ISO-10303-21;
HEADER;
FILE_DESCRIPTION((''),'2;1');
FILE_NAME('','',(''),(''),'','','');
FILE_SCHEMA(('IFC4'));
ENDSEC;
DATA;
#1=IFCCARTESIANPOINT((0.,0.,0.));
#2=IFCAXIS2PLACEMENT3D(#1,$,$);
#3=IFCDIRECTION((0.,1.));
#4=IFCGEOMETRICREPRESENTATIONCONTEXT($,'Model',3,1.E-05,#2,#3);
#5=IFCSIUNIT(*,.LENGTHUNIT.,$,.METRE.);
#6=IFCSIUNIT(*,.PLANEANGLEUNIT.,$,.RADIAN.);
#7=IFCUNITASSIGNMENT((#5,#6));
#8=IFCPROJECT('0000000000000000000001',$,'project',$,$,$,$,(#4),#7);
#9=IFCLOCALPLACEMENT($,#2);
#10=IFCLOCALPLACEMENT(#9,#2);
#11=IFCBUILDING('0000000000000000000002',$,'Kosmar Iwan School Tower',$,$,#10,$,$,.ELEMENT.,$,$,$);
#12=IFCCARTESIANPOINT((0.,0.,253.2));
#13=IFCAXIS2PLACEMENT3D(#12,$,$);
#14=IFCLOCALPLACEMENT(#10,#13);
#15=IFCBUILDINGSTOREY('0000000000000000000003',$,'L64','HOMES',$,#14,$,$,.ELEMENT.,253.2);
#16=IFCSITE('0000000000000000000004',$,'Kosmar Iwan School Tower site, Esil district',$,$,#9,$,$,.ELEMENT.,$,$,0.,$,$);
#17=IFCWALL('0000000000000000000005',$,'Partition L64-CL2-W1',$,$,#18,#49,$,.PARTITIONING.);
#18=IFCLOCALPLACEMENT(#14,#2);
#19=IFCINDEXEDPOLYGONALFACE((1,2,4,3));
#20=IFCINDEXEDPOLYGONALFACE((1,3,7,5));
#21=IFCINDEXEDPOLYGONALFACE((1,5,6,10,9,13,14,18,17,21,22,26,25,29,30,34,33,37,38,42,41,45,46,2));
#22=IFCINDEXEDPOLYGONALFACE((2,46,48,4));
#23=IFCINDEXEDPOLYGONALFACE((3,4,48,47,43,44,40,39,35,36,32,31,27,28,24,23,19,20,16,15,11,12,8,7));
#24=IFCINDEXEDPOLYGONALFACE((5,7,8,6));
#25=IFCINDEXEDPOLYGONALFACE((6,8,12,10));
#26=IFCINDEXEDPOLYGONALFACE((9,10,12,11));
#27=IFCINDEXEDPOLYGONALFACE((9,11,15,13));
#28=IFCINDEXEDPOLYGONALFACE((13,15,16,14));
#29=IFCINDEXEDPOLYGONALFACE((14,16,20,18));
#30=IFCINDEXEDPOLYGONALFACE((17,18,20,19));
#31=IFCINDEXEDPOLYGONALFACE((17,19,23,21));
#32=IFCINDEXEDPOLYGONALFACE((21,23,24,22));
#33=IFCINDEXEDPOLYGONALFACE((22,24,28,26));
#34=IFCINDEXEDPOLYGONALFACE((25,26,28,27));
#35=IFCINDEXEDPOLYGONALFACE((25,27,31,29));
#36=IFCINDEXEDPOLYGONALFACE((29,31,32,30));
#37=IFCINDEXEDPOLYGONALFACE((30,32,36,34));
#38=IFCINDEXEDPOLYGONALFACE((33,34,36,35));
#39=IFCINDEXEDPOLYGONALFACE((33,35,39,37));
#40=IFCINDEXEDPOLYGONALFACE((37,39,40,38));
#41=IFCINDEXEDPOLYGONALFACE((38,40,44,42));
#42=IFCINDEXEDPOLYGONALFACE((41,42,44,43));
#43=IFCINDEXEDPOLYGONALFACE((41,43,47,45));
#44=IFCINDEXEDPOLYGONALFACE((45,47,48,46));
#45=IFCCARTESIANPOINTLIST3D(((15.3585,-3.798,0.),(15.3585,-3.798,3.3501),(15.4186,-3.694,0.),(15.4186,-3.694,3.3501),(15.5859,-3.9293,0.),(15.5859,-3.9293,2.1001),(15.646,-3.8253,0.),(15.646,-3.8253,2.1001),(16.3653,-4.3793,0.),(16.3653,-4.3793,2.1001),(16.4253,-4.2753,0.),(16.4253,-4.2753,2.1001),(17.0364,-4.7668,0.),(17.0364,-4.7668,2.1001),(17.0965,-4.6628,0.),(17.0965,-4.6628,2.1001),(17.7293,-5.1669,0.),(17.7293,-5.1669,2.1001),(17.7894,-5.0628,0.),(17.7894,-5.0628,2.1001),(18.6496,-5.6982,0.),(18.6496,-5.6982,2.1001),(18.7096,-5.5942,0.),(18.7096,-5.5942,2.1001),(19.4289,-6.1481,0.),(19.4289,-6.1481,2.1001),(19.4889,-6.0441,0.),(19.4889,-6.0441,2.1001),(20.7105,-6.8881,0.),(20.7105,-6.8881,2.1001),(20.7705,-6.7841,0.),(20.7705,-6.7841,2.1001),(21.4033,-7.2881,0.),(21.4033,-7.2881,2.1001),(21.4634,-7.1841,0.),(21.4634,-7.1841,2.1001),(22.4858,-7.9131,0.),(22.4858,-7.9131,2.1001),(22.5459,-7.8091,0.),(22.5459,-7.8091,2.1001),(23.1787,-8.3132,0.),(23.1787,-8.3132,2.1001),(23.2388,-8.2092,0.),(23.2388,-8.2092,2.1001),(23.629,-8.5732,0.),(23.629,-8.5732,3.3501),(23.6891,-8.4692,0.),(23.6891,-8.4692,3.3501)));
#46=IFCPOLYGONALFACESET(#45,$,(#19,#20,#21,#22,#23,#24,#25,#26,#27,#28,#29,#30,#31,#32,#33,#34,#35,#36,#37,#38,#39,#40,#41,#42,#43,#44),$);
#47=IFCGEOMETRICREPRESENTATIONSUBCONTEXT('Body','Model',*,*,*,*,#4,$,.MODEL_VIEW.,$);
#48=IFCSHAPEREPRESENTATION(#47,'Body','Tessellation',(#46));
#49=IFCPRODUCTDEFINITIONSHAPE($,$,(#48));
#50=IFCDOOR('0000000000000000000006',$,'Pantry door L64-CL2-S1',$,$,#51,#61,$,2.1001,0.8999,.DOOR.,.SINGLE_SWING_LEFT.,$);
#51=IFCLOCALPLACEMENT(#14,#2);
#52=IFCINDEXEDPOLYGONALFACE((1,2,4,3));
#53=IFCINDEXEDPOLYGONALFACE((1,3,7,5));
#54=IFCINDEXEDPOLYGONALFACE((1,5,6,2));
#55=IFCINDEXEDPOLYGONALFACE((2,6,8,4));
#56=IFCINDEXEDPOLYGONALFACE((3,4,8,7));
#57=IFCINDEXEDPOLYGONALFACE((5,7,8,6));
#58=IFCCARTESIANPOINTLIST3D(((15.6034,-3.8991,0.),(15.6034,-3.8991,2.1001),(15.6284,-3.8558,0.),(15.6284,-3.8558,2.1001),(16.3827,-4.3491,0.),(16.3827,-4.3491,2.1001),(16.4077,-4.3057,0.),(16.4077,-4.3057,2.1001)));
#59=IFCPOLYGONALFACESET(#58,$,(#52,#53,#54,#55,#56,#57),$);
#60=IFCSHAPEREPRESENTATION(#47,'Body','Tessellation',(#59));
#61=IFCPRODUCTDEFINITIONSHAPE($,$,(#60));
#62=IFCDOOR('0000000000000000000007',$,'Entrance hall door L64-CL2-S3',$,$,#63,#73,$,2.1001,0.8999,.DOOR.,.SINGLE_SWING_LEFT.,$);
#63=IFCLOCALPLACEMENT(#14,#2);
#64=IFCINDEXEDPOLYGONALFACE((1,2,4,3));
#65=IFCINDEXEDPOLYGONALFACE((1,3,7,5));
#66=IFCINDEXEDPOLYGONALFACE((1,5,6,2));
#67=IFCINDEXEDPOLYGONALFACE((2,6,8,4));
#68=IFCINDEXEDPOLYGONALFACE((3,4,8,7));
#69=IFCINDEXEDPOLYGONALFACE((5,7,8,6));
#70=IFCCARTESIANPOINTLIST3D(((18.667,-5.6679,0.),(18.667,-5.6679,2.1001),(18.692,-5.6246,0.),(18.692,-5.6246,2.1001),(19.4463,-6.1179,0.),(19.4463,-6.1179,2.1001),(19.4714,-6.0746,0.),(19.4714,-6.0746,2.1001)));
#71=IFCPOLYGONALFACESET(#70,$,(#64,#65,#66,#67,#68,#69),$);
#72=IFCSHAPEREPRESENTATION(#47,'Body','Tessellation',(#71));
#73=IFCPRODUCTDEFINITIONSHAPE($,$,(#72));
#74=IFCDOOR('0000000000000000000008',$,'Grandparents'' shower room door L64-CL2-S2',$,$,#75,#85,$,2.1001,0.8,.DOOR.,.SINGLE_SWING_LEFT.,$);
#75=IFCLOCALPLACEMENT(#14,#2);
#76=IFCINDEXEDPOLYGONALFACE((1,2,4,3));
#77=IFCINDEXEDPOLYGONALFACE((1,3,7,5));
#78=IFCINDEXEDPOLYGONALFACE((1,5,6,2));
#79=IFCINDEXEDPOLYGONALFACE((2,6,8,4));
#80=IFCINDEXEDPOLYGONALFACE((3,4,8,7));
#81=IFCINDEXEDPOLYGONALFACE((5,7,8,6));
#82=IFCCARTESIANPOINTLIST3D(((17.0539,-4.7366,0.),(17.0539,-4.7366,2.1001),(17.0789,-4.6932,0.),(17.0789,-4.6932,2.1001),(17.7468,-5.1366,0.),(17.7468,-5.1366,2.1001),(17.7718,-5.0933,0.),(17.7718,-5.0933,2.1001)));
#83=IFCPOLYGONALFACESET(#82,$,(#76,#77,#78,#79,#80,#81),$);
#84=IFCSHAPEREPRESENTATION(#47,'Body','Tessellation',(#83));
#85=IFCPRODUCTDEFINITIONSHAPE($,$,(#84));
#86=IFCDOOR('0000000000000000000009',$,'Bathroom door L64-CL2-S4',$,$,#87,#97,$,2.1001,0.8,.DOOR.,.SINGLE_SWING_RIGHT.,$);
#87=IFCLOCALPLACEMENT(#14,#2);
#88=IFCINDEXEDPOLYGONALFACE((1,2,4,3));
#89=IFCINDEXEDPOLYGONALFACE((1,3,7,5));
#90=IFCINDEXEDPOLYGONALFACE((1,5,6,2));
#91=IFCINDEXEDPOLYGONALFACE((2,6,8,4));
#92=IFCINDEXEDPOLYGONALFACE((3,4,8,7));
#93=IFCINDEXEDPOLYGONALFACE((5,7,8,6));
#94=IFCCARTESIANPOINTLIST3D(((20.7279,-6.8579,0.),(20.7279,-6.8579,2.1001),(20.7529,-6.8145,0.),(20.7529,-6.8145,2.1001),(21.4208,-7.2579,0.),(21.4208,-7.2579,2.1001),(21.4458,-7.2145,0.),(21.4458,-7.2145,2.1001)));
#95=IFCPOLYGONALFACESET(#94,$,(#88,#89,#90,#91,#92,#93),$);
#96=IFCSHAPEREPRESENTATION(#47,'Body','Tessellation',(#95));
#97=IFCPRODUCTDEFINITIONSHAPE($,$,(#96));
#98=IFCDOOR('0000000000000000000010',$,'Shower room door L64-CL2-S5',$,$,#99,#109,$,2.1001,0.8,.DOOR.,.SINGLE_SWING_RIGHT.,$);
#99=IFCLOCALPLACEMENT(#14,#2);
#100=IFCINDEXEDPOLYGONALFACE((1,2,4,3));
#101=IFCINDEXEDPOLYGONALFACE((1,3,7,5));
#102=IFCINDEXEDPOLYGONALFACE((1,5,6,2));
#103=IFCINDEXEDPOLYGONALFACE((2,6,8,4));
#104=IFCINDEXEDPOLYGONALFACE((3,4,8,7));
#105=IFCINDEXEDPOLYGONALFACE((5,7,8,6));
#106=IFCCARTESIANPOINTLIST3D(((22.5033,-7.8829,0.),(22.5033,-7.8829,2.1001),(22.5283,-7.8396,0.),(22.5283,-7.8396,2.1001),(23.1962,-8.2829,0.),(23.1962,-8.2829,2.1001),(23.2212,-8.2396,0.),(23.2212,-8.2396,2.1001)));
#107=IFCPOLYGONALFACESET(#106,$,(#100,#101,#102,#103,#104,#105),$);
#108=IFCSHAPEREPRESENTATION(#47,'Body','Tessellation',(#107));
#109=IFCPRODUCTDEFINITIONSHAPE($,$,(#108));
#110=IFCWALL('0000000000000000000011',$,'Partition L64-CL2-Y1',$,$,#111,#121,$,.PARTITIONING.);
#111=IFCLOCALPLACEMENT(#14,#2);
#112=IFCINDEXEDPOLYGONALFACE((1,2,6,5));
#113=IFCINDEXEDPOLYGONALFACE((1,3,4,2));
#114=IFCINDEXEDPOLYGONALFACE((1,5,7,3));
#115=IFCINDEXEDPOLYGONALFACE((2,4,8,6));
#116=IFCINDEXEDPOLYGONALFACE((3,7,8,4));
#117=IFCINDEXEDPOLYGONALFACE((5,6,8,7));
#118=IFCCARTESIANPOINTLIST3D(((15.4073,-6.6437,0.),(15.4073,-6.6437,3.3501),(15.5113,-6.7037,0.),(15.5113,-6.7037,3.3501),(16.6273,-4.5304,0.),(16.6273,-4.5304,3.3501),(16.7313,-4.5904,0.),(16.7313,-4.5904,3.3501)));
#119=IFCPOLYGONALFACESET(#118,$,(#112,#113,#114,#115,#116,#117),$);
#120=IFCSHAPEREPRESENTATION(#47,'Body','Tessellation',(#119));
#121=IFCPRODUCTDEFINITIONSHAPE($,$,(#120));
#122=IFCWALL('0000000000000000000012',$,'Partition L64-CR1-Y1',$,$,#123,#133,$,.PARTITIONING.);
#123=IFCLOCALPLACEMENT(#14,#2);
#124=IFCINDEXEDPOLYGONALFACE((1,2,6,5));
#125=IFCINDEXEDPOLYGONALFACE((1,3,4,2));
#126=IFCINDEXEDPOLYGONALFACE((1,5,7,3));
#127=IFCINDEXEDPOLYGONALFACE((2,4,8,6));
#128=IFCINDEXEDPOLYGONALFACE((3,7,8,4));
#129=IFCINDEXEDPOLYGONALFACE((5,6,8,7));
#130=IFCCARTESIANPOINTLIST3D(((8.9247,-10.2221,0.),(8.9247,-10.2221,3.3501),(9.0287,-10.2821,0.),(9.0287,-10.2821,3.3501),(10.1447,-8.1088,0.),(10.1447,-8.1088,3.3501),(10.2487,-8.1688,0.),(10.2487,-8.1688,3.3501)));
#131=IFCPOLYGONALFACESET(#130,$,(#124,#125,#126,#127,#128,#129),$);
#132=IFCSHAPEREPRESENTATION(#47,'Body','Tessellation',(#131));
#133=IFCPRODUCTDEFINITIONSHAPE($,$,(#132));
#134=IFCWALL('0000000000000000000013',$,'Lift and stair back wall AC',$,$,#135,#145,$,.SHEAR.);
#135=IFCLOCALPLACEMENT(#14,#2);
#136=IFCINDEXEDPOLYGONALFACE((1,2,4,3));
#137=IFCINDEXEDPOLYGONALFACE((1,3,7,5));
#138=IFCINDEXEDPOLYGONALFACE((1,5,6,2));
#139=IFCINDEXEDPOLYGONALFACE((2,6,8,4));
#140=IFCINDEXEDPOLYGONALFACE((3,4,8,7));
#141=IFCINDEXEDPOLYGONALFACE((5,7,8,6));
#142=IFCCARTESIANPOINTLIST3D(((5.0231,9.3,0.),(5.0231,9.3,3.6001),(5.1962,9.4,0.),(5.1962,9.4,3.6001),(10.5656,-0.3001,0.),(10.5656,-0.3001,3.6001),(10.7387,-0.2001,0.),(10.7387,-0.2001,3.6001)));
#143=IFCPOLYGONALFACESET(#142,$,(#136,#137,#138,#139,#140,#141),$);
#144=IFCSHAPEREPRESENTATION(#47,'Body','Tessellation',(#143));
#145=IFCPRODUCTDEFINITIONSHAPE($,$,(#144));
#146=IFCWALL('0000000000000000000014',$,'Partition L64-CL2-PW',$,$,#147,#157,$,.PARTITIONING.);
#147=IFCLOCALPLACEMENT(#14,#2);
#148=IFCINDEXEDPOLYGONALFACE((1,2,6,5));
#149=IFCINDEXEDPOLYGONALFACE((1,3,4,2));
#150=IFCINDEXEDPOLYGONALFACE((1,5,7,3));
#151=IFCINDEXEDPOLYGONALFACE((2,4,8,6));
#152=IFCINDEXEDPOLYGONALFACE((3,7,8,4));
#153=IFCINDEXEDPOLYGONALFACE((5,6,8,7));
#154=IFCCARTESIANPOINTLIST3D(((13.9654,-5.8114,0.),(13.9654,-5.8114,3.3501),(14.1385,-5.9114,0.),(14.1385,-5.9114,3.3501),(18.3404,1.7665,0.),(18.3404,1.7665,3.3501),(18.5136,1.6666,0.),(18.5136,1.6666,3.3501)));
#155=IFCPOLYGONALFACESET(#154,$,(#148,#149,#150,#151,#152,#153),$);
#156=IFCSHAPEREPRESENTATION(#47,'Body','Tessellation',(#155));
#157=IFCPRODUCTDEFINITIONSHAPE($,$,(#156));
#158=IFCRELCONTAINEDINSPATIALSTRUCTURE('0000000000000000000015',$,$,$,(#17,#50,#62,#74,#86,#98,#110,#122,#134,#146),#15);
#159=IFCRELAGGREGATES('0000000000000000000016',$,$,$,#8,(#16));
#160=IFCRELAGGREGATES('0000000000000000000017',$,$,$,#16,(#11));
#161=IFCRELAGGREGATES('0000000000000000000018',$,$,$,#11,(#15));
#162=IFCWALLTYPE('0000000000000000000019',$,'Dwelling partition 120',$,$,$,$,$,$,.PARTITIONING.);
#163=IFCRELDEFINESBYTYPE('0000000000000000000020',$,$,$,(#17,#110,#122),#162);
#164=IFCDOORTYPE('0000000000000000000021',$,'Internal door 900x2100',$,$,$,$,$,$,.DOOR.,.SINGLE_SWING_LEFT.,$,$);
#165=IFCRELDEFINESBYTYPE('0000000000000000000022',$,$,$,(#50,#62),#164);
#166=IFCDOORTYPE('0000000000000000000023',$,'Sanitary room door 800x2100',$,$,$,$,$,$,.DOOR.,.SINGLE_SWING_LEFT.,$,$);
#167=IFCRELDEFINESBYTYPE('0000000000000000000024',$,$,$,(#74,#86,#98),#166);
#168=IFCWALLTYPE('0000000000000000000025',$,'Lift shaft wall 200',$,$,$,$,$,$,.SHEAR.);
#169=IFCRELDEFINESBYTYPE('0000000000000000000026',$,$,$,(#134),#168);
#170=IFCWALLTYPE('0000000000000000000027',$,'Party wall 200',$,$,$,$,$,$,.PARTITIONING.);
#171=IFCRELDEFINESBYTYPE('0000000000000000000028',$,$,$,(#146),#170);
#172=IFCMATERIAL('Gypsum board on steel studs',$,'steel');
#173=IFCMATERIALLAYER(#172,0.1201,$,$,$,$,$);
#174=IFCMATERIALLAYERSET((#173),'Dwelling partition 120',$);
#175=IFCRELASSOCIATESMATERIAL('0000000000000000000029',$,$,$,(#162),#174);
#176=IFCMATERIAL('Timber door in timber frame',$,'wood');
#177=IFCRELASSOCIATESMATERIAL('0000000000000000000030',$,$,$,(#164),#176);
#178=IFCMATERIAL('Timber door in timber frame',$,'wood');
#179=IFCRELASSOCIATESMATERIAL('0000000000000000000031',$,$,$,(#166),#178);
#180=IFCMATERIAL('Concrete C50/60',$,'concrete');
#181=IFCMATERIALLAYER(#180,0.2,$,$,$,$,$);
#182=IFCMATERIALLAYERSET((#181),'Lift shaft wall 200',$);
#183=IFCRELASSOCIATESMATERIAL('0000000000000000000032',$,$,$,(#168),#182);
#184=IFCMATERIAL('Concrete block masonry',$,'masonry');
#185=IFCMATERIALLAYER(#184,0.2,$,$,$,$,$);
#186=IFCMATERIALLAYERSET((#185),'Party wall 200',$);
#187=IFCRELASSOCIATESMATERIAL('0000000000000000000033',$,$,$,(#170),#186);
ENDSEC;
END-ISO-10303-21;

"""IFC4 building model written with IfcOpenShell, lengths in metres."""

from ifc_helpers import new_model, si_unit, direction, frame, frame_2d, origin, place, context, subcontext, project, spatial, rectangle, extrude, material, layer, layer_set, type_object, element, fill, save


model = new_model("IFC4")

# Units and contexts
model_context = context("Model", 3, precision=1e-05, world=origin(), true_north=direction((0.0, 1.0)))
body_context = subcontext(model_context, "Body", "Model", "MODEL_VIEW")
ifc_project = project(units=[si_unit("LENGTHUNIT", "METRE"), si_unit("PLANEANGLEUNIT", "RADIAN")], contexts=[model_context])

# Site, building, storey
site_placement = place(None, origin())
site = spatial("IfcSite", under=ifc_project, at=site_placement, Name="Kosmar Iwan School Tower site, Esil district", CompositionType="ELEMENT", RefElevation=0.0)
building_placement = place(site_placement, origin())
building = spatial("IfcBuilding", under=site, at=building_placement, Name="Kosmar Iwan School Tower", CompositionType="ELEMENT")
storey_placement = place(building_placement, frame((0.0, 0.0, 253.2)))
storey = spatial("IfcBuildingStorey", under=building, at=storey_placement, Name="L64", Description="HOMES", CompositionType="ELEMENT", Elevation=253.2)

# Shared definitions
ifc_material_1 = material(Name="Gypsum board on steel studs", Category="steel")
ifc_layer_1 = layer(ifc_material_1, 0.1201)
ifc_layer_set_1 = layer_set([ifc_layer_1], Name="Dwelling partition 120")
wall_type_1 = type_object("IfcWallType", Name="Dwelling partition 120", PredefinedType="PARTITIONING", material=ifc_layer_set_1)
ifc_material_2 = material(Name="Timber door in timber frame", Category="wood")
door_type_1 = type_object("IfcDoorType", Name="Internal door 900x2100", OperationType="SINGLE_SWING_LEFT", PredefinedType="DOOR", material=ifc_material_2)
ifc_material_3 = material(Name="Timber door in timber frame", Category="wood")
door_type_2 = type_object("IfcDoorType", Name="Sanitary room door 800x2100", OperationType="SINGLE_SWING_LEFT", PredefinedType="DOOR", material=ifc_material_3)

# Wall, openings, doors
wall_1_placement = place(storey_placement, frame((15.3887, -3.7461, 0.0), z_axis=(0.0, 0.0, 1.0), x_axis=(0.866018, -0.500013, 0.0)))
wall_1 = element("IfcWall", 1, at=wall_1_placement, inside=storey, type_object=wall_type_1, Name="Partition L64-CL2-W1", PredefinedType="PARTITIONING", context=body_context, shape_type="SweptSolid", body=[
    extrude(rectangle(XDim=9.55, YDim=0.1201, at=frame_2d((4.7749, 0.0))), origin(), (0.0, 0.0, 1.0), 3.3501),
])
opening_1_placement = place(wall_1_placement, frame((0.2625, 0.0, 0.0)))
opening_1 = element("IfcOpeningElement", 2, at=opening_1_placement, cuts=wall_1, PredefinedType="OPENING", context=body_context, shape_type="SweptSolid", body=[
    extrude(rectangle(XDim=0.8999, YDim=2.1001, at=frame_2d((0.45, 1.05))), frame((0.0, 0.072, 0.0), z_axis=(0.0, -1.0, 0.0), x_axis=(1.0, 0.0, 0.0)), (0.0, 0.0, 1.0), 0.144),
])
opening_2_placement = place(wall_1_placement, frame((1.9375, 0.0, 0.0)))
opening_2 = element("IfcOpeningElement", 3, at=opening_2_placement, cuts=wall_1, PredefinedType="OPENING", context=body_context, shape_type="SweptSolid", body=[
    extrude(rectangle(XDim=0.8, YDim=2.1001, at=frame_2d((0.3999, 1.05))), frame((0.0, 0.072, 0.0), z_axis=(0.0, -1.0, 0.0), x_axis=(1.0, 0.0, 0.0)), (0.0, 0.0, 1.0), 0.144),
])
opening_3_placement = place(wall_1_placement, frame((3.8, 0.0, 0.0)))
opening_3 = element("IfcOpeningElement", 4, at=opening_3_placement, cuts=wall_1, PredefinedType="OPENING", context=body_context, shape_type="SweptSolid", body=[
    extrude(rectangle(XDim=0.8999, YDim=2.1001, at=frame_2d((0.45, 1.05))), frame((0.0, 0.072, 0.0), z_axis=(0.0, -1.0, 0.0), x_axis=(1.0, 0.0, 0.0)), (0.0, 0.0, 1.0), 0.144),
])
opening_4_placement = place(wall_1_placement, frame((6.1799, 0.0, 0.0)))
opening_4 = element("IfcOpeningElement", 5, at=opening_4_placement, cuts=wall_1, PredefinedType="OPENING", context=body_context, shape_type="SweptSolid", body=[
    extrude(rectangle(XDim=0.8, YDim=2.1001, at=frame_2d((0.3999, 1.05))), frame((0.0, 0.072, 0.0), z_axis=(0.0, -1.0, 0.0), x_axis=(1.0, 0.0, 0.0)), (0.0, 0.0, 1.0), 0.144),
])
opening_5_placement = place(wall_1_placement, frame((8.23, 0.0, 0.0)))
opening_5 = element("IfcOpeningElement", 6, at=opening_5_placement, cuts=wall_1, PredefinedType="OPENING", context=body_context, shape_type="SweptSolid", body=[
    extrude(rectangle(XDim=0.8, YDim=2.1001, at=frame_2d((0.3999, 1.05))), frame((0.0, 0.072, 0.0), z_axis=(0.0, -1.0, 0.0), x_axis=(1.0, 0.0, 0.0)), (0.0, 0.0, 1.0), 0.144),
])
door_1_placement = place(opening_1_placement, origin())
door_1 = element("IfcDoor", 7, at=door_1_placement, inside=storey, type_object=door_type_1, Name="Pantry door L64-CL2-S1", OperationType="SINGLE_SWING_LEFT", OverallHeight=2.1001, OverallWidth=0.8999, PredefinedType="DOOR", context=body_context, shape_type="SweptSolid", body=[
    extrude(rectangle(XDim=0.8999, YDim=2.1001, at=frame_2d((0.45, 1.05))), frame((0.0, 0.0249, 0.0), z_axis=(0.0, -1.0, 0.0), x_axis=(1.0, 0.0, 0.0)), (0.0, 0.0, 1.0), 0.05),
])
fill(opening_1, door_1)
door_2_placement = place(opening_3_placement, origin())
door_2 = element("IfcDoor", 8, at=door_2_placement, inside=storey, type_object=door_type_1, Name="Entrance hall door L64-CL2-S3", OperationType="SINGLE_SWING_LEFT", OverallHeight=2.1001, OverallWidth=0.8999, PredefinedType="DOOR", context=body_context, shape_type="SweptSolid", body=[
    extrude(rectangle(XDim=0.8999, YDim=2.1001, at=frame_2d((0.45, 1.05))), frame((0.0, 0.0249, 0.0), z_axis=(0.0, -1.0, 0.0), x_axis=(1.0, 0.0, 0.0)), (0.0, 0.0, 1.0), 0.05),
])
fill(opening_3, door_2)
door_3_placement = place(opening_2_placement, origin())
door_3 = element("IfcDoor", 9, at=door_3_placement, inside=storey, type_object=door_type_2, Name="Grandparents' shower room door L64-CL2-S2", OperationType="SINGLE_SWING_LEFT", OverallHeight=2.1001, OverallWidth=0.8, PredefinedType="DOOR", context=body_context, shape_type="SweptSolid", body=[
    extrude(rectangle(XDim=0.8, YDim=2.1001, at=frame_2d((0.3999, 1.05))), frame((0.0, 0.0249, 0.0), z_axis=(0.0, -1.0, 0.0), x_axis=(1.0, 0.0, 0.0)), (0.0, 0.0, 1.0), 0.05),
])
fill(opening_2, door_3)
door_4_placement = place(opening_4_placement, origin())
door_4 = element("IfcDoor", 10, at=door_4_placement, inside=storey, type_object=door_type_2, Name="Bathroom door L64-CL2-S4", OperationType="SINGLE_SWING_RIGHT", OverallHeight=2.1001, OverallWidth=0.8, PredefinedType="DOOR", context=body_context, shape_type="SweptSolid", body=[
    extrude(rectangle(XDim=0.8, YDim=2.1001, at=frame_2d((0.3999, 1.05))), frame((0.0, 0.0249, 0.0), z_axis=(0.0, -1.0, 0.0), x_axis=(1.0, 0.0, 0.0)), (0.0, 0.0, 1.0), 0.05),
])
fill(opening_4, door_4)
door_5_placement = place(opening_5_placement, origin())
door_5 = element("IfcDoor", 11, at=door_5_placement, inside=storey, type_object=door_type_2, Name="Shower room door L64-CL2-S5", OperationType="SINGLE_SWING_RIGHT", OverallHeight=2.1001, OverallWidth=0.8, PredefinedType="DOOR", context=body_context, shape_type="SweptSolid", body=[
    extrude(rectangle(XDim=0.8, YDim=2.1001, at=frame_2d((0.3999, 1.05))), frame((0.0, 0.0249, 0.0), z_axis=(0.0, -1.0, 0.0), x_axis=(1.0, 0.0, 0.0)), (0.0, 0.0, 1.0), 0.05),
])
fill(opening_5, door_5)

# Walls
for number, where, z_axis, x_axis, name in (
    (12, (15.4592, -6.6738, 0.0), (0.0, 0.0, 1.0), (0.499959, 0.866049, 0.0), "Partition L64-CL2-Y1"),
    (13, (10.1968, -8.1387, 0.0), (0.0, 0.0, 1.0), (-0.499959, -0.866049, 0.0), "Partition L64-CR1-Y1"),
):
    element("IfcWall", number, at=place(storey_placement, frame(where, z_axis=z_axis, x_axis=x_axis)), inside=storey, type_object=wall_type_1, Name=name, PredefinedType="PARTITIONING", context=body_context, shape_type="SweptSolid", body=[
        extrude(rectangle(XDim=2.4402, YDim=0.1201, at=frame_2d((1.2202, 0.0))), origin(), (0.0, 0.0, 1.0), 3.3501),
    ])
ifc_material_4 = material(Name="Concrete C50/60", Category="concrete")
ifc_layer_2 = layer(ifc_material_4, 0.2)
ifc_layer_set_2 = layer_set([ifc_layer_2], Name="Lift shaft wall 200")
wall_type_2 = type_object("IfcWallType", Name="Lift shaft wall 200", PredefinedType="SHEAR", material=ifc_layer_set_2)
wall_2_placement = place(storey_placement, frame((10.6521, -0.25, 0.0), z_axis=(0.0, 0.0, 1.0), x_axis=(-0.499991, 0.866031, 0.0)))
element("IfcWall", 14, at=wall_2_placement, inside=storey, type_object=wall_type_2, Name="Lift and stair back wall AC", PredefinedType="SHEAR", context=body_context, shape_type="SweptSolid", body=[
    extrude(rectangle(XDim=11.0852, YDim=0.2, at=frame_2d((5.5425, 0.0))), origin(), (0.0, 0.0, 1.0), 3.6001),
])
ifc_material_5 = material(Name="Concrete block masonry", Category="masonry")
ifc_layer_3 = layer(ifc_material_5, 0.2)
ifc_layer_set_3 = layer_set([ifc_layer_3], Name="Party wall 200")
wall_type_3 = type_object("IfcWallType", Name="Party wall 200", PredefinedType="PARTITIONING", material=ifc_layer_set_3)
wall_3_placement = place(storey_placement, frame((14.052, -5.8613, 0.0), z_axis=(0.0, 0.0, 1.0), x_axis=(0.499992, 0.86603, 0.0)))
element("IfcWall", 15, at=wall_3_placement, inside=storey, type_object=wall_type_3, Name="Partition L64-CL2-PW", PredefinedType="PARTITIONING", context=body_context, shape_type="SweptSolid", body=[
    extrude(rectangle(XDim=8.7502, YDim=0.2, at=frame_2d((4.375, 0.0))), origin(), (0.0, 0.0, 1.0), 3.3501),
])

save(model, "model.ifc")
